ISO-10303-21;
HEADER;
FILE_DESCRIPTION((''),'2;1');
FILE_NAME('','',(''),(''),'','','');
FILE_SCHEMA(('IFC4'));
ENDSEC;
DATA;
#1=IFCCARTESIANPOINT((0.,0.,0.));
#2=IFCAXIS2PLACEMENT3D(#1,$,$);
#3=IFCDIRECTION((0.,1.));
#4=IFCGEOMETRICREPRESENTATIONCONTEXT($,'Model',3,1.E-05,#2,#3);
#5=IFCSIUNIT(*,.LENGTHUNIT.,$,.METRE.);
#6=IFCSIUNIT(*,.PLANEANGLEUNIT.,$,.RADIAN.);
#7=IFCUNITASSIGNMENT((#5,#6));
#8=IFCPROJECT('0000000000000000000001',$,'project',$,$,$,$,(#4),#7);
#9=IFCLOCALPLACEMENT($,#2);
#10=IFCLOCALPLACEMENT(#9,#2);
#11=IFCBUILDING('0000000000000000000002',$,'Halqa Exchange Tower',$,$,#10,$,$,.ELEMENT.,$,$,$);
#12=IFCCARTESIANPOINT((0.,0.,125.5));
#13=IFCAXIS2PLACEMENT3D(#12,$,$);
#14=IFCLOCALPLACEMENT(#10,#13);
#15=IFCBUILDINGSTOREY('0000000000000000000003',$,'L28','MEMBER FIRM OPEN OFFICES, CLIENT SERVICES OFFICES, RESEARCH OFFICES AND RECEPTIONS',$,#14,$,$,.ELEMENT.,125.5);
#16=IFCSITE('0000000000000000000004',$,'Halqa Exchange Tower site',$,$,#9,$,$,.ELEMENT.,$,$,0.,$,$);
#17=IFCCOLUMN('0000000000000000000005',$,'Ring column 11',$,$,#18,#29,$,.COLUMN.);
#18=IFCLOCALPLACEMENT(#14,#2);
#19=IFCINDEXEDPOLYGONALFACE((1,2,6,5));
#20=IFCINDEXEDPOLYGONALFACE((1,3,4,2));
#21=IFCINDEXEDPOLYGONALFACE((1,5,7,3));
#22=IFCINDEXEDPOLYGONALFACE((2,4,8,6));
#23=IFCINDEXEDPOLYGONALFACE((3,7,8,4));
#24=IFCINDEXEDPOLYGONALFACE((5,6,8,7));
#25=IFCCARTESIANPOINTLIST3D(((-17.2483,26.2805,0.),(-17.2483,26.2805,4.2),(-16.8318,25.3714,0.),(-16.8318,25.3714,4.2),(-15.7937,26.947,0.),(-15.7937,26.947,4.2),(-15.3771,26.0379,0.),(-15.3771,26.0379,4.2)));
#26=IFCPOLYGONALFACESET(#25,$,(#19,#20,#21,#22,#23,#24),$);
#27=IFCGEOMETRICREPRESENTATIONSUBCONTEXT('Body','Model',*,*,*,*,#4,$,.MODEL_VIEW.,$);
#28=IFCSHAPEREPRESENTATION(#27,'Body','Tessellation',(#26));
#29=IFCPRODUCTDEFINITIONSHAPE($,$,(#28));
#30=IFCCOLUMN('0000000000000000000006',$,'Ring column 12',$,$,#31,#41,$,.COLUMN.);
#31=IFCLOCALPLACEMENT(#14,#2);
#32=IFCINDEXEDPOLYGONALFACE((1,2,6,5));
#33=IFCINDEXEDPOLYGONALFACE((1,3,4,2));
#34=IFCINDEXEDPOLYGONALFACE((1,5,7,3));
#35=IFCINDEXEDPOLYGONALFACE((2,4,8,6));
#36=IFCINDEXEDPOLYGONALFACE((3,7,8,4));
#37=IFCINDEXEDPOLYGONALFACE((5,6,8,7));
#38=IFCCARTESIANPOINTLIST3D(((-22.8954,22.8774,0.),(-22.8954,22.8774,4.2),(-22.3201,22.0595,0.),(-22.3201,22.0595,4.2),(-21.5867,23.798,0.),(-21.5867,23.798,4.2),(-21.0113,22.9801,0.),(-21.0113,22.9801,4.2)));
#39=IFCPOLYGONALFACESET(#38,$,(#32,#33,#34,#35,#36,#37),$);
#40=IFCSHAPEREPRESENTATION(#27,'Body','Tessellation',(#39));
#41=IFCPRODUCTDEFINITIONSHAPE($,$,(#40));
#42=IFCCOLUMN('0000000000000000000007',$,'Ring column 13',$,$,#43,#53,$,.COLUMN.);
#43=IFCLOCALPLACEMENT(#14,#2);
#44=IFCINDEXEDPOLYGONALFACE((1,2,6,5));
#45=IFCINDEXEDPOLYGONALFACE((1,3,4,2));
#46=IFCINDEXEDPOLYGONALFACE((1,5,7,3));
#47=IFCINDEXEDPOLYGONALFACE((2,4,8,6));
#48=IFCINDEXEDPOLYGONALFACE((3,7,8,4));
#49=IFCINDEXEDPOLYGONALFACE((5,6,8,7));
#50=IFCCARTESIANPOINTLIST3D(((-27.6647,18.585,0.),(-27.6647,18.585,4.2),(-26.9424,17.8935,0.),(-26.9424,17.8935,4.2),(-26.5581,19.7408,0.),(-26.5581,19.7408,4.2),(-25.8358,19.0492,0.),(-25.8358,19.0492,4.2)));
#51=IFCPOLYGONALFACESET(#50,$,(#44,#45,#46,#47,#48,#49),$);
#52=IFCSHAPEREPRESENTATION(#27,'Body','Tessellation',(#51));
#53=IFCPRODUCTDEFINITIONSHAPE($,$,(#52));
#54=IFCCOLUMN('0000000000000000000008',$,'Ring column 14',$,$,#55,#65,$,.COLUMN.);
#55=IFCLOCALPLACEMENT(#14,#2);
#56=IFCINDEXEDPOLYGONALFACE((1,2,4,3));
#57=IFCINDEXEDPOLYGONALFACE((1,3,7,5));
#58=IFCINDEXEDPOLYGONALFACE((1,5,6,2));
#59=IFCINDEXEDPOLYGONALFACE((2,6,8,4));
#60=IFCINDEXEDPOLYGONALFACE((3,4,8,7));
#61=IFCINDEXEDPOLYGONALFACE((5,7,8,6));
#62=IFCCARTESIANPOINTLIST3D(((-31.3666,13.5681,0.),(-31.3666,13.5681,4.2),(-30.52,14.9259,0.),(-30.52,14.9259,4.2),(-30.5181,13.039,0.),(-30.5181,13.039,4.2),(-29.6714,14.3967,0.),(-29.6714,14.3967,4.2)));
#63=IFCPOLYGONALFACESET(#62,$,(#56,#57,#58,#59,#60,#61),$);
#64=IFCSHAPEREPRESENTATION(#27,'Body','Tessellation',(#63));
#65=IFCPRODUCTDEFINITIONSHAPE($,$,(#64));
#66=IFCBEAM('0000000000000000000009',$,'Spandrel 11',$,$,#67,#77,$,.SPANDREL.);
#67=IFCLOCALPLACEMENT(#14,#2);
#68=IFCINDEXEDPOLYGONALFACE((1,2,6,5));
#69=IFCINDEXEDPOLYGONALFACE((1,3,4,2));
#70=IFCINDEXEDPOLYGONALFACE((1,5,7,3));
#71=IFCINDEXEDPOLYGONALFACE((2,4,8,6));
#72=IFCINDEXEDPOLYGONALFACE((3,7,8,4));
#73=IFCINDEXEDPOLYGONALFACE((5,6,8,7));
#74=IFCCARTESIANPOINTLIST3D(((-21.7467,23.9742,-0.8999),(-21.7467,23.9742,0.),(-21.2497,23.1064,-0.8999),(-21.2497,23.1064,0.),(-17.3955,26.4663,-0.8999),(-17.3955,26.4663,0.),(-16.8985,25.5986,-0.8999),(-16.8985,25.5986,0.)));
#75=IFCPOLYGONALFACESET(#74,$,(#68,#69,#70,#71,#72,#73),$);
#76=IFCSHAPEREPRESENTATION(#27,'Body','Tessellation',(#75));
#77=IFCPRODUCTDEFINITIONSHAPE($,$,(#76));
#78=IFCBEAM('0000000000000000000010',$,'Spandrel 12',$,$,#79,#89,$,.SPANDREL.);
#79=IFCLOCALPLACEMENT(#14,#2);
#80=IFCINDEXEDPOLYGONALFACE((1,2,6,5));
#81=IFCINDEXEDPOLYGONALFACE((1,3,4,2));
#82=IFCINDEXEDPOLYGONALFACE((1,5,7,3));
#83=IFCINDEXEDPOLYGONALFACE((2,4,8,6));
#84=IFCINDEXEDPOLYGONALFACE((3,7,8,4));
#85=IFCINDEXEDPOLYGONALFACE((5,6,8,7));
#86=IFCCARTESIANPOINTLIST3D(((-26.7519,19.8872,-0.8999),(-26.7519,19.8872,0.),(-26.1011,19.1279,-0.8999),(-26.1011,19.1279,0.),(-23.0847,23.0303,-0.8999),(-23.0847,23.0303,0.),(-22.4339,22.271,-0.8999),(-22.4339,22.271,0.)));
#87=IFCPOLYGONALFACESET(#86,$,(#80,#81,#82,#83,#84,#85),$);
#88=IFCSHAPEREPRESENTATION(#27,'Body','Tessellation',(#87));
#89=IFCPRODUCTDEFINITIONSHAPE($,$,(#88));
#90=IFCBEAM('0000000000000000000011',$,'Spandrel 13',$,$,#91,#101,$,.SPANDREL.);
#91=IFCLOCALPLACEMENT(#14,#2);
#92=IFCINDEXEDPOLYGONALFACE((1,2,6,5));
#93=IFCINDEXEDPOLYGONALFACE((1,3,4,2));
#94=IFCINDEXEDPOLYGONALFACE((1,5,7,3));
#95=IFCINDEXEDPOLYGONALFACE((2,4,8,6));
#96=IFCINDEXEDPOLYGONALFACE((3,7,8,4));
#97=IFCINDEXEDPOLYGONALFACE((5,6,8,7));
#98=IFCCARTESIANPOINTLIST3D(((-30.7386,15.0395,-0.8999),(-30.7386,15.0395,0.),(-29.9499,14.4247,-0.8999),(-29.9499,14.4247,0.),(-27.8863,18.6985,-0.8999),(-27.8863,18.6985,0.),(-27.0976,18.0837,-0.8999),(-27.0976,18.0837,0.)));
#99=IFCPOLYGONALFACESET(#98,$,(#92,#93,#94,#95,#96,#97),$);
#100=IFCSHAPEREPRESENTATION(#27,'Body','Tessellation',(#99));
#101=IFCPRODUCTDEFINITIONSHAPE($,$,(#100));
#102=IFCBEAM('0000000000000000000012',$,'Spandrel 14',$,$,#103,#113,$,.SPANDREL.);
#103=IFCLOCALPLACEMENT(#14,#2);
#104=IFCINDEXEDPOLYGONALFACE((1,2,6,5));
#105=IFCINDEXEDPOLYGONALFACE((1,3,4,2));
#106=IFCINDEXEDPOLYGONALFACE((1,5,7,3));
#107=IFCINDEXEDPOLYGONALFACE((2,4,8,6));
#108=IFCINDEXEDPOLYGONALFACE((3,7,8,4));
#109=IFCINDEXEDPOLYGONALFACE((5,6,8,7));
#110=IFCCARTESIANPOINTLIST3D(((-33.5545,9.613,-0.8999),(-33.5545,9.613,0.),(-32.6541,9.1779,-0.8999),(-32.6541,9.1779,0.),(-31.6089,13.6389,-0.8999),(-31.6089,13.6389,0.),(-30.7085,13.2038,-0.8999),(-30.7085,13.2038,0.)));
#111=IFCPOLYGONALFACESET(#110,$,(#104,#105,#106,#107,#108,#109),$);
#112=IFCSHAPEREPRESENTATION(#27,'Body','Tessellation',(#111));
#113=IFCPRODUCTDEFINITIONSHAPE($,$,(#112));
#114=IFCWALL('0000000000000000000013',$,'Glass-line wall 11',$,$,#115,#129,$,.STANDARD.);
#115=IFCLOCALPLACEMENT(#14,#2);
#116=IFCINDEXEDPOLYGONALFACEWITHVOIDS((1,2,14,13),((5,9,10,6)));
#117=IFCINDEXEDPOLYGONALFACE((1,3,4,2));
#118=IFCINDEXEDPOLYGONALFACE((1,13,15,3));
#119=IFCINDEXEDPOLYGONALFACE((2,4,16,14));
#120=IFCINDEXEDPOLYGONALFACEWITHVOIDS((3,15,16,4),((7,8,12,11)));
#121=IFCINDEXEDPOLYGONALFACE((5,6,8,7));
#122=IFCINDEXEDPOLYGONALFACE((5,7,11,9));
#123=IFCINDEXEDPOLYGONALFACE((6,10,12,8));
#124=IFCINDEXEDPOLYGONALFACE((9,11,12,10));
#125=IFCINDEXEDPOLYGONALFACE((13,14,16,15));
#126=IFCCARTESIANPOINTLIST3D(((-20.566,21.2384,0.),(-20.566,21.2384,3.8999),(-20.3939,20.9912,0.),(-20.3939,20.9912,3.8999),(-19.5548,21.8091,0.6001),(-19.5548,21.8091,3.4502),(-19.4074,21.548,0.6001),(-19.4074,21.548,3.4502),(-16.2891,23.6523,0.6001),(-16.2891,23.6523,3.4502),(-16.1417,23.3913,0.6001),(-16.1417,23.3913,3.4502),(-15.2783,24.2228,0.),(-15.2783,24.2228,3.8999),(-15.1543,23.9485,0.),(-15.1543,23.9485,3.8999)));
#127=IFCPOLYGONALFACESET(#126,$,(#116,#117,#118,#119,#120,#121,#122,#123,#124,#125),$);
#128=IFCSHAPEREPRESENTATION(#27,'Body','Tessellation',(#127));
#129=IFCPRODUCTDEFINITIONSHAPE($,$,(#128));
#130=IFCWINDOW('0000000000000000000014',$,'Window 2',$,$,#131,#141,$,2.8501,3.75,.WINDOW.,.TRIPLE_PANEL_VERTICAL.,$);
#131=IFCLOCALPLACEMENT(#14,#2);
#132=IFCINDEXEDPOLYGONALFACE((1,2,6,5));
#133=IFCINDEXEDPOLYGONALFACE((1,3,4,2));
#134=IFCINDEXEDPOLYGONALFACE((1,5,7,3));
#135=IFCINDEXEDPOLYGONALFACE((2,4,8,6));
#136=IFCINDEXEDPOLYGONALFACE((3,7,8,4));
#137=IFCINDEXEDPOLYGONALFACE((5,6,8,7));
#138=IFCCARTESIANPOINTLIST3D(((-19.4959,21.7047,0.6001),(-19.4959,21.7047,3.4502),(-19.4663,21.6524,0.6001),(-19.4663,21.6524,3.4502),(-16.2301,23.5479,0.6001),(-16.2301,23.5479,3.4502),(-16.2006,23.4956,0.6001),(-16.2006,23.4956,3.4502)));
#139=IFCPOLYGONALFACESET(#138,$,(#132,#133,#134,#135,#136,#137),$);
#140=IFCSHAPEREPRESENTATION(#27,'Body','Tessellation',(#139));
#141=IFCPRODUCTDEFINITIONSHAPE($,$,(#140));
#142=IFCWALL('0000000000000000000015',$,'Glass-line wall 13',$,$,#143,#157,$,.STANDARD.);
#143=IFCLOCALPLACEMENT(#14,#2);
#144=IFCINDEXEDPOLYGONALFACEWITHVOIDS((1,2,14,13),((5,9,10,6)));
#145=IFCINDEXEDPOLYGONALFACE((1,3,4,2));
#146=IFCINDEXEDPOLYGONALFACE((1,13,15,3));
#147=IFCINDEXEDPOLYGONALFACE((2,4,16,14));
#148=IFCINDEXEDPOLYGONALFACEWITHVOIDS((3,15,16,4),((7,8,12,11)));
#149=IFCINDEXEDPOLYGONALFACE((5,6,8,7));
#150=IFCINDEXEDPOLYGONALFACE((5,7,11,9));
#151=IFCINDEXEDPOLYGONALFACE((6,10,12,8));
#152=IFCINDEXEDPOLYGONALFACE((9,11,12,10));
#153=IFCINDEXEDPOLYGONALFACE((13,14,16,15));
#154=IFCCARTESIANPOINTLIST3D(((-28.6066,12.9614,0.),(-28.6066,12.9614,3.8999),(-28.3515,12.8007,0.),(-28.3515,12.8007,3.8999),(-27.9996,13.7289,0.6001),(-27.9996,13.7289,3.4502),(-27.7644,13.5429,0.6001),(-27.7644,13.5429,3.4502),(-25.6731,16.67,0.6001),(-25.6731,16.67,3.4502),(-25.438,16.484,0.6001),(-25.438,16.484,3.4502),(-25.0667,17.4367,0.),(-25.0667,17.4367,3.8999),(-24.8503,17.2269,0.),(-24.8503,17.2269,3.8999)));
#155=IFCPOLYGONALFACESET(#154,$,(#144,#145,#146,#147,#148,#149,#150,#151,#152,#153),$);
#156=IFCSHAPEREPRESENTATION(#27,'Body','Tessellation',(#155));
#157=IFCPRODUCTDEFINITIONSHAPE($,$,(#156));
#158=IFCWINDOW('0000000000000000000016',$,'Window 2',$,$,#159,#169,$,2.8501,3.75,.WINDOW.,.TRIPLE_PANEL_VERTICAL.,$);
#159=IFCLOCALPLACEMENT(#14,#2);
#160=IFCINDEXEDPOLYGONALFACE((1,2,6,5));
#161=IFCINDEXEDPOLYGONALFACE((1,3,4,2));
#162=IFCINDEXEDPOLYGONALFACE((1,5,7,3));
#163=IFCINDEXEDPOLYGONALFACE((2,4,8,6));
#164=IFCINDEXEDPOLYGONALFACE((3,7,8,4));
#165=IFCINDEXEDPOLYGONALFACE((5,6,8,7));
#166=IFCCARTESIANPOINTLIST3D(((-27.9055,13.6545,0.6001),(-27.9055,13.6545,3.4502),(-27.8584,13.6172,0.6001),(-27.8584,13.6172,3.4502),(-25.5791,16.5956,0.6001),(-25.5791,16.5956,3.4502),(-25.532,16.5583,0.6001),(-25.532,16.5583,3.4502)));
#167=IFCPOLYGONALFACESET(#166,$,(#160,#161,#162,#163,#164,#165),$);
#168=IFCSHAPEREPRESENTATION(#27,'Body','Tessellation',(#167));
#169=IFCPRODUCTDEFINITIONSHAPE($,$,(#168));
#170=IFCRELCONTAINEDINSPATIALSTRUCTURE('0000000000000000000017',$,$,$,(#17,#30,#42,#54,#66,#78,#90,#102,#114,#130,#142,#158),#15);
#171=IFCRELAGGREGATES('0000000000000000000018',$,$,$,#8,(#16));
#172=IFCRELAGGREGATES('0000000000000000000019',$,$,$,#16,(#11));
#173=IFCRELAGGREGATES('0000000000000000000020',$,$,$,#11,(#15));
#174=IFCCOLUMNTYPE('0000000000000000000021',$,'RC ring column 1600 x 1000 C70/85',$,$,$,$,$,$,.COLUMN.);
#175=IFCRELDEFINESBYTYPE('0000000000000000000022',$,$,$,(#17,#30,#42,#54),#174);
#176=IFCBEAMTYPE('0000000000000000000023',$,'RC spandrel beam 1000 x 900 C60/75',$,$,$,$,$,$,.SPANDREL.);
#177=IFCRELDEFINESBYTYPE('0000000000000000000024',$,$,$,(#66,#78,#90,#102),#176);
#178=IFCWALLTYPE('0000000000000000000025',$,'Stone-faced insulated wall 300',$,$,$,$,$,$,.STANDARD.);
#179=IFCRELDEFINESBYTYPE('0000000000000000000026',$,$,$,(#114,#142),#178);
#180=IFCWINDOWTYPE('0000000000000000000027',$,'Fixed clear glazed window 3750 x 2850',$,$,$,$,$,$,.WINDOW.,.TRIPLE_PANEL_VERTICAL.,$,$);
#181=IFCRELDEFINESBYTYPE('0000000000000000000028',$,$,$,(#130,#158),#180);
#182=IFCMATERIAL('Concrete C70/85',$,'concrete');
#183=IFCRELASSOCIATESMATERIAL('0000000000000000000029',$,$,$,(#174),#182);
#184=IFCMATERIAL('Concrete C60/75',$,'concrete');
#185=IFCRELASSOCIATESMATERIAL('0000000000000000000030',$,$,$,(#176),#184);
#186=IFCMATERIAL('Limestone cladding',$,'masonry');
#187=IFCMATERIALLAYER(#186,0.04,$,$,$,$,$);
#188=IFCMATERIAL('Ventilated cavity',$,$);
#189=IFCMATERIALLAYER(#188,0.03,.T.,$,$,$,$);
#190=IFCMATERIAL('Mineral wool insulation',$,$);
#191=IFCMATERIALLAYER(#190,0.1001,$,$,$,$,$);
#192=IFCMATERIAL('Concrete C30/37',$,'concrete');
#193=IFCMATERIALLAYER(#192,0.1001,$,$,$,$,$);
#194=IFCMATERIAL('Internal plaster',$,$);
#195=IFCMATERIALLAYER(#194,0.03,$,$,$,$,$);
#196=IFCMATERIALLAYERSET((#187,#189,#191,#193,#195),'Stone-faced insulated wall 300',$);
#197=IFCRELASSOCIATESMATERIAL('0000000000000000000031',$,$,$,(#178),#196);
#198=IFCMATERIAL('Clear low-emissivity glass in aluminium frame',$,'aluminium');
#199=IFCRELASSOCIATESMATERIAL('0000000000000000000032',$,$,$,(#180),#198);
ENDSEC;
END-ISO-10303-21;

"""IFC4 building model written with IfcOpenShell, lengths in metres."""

from ifc_helpers import new_model, si_unit, direction, frame, frame_2d, origin, origin_2d, place, context, subcontext, project, spatial, polyline, rectangle, outline, extrude, material, layer, layer_set, material_profile, profile_set, type_object, element, fill, save


model = new_model("IFC4")

# Units and contexts
model_context = context("Model", 3, precision=1e-05, world=origin(), true_north=direction((0.0, 1.0)))
body_context = subcontext(model_context, "Body", "Model", "MODEL_VIEW")
ifc_project = project(units=[si_unit("LENGTHUNIT", "METRE"), si_unit("PLANEANGLEUNIT", "RADIAN")], contexts=[model_context])

# Site, building, storey
site_placement = place(None, origin())
site = spatial("IfcSite", under=ifc_project, at=site_placement, Name="Halqa Exchange Tower site", CompositionType="ELEMENT", RefElevation=0.0)
building_placement = place(site_placement, origin())
building = spatial("IfcBuilding", under=site, at=building_placement, Name="Halqa Exchange Tower", CompositionType="ELEMENT")
storey_placement = place(building_placement, frame((0.0, 0.0, 125.5)))
storey = spatial("IfcBuildingStorey", under=building, at=storey_placement, Name="L28", Description="MEMBER FIRM OPEN OFFICES, CLIENT SERVICES OFFICES, RESEARCH OFFICES AND RECEPTIONS", CompositionType="ELEMENT", Elevation=125.5)

# Columns
ifc_material_1 = material(Name="Concrete C70/85", Category="concrete")
ifc_material_profile_1 = material_profile(ifc_material_1, rectangle(XDim=1.6001, YDim=1.0, at=origin_2d()), Name="1600 x 1000")
ifc_profile_set_1 = profile_set([ifc_material_profile_1], Name="Concrete C70/85")
column_type = type_object("IfcColumnType", Name="RC ring column 1600 x 1000 C70/85", PredefinedType="COLUMN", material=ifc_profile_set_1)
for number, where, z_axis, x_axis, name in (
    (1, (-16.3127, 26.1592, 0.0), (0.0, 0.0, 1.0), (-0.909126, -0.41652, 0.0), "Ring column 11"),
    (2, (-21.9534, 22.9287, 0.0), (0.0, 0.0, 1.0), (-0.81791, -0.575346, 0.0), "Ring column 12"),
    (3, (-26.7502, 18.8171, 0.0), (0.0, 0.0, 1.0), (-0.691571, -0.722308, 0.0), "Ring column 13"),
    (4, (-30.519, 13.9824, 0.0), (0.0, 0.0, 1.0), (-0.529138, -0.848536, 0.0), "Ring column 14"),
):
    element("IfcColumn", number, at=place(storey_placement, frame(where, z_axis=z_axis, x_axis=x_axis)), inside=storey, type_object=column_type, Name=name, PredefinedType="COLUMN", context=body_context, shape_type="SweptSolid", body=[
        extrude(rectangle(XDim=1.6001, YDim=1.0, at=origin_2d()), origin(), (0.0, 0.0, 1.0), 4.2),
    ])

# Beams
ifc_material_2 = material(Name="Concrete C60/75", Category="concrete")
ifc_material_profile_2 = material_profile(ifc_material_2, rectangle(XDim=1.0, YDim=0.8999, at=origin_2d()), Name="1000 x 900")
ifc_profile_set_2 = profile_set([ifc_material_profile_2], Name="Concrete C60/75")
beam_type = type_object("IfcBeamType", Name="RC spandrel beam 1000 x 900 C60/75", PredefinedType="SPANDREL", material=ifc_profile_set_2)
beam_1_placement = place(storey_placement, frame((-17.147, 26.0325, -0.45), z_axis=(-0.867751, -0.496999, 0.0), x_axis=(0.496999, -0.867751, 0.0)))
element("IfcBeam", 5, at=beam_1_placement, inside=storey, type_object=beam_type, Name="Spandrel 11", PredefinedType="SPANDREL", context=body_context, shape_type="SweptSolid", body=[
    extrude(rectangle(XDim=1.0, YDim=0.8999, at=origin_2d()), origin(), (0.0, 0.0, 1.0), 5.0144),
])
beam_2_placement = place(storey_placement, frame((-22.7593, 22.6506, -0.45), z_axis=(-0.759285, -0.650758, 0.0), x_axis=(0.650758, -0.759285, 0.0)))
element("IfcBeam", 6, at=beam_2_placement, inside=storey, type_object=beam_type, Name="Spandrel 12", PredefinedType="SPANDREL", context=body_context, shape_type="SweptSolid", body=[
    extrude(rectangle(XDim=1.0, YDim=0.8999, at=origin_2d()), origin(), (0.0, 0.0, 1.0), 4.8298),
])
beam_3_placement = place(storey_placement, frame((-27.4919, 18.3911, -0.45), z_axis=(-0.614807, -0.788677, 0.0), x_axis=(0.788677, -0.614807, 0.0)))
element("IfcBeam", 7, at=beam_3_placement, inside=storey, type_object=beam_type, Name="Spandrel 13", PredefinedType="SPANDREL", context=body_context, shape_type="SweptSolid", body=[
    extrude(rectangle(XDim=1.0, YDim=0.8999, at=origin_2d()), origin(), (0.0, 0.0, 1.0), 4.6394),
])
beam_4_placement = place(storey_placement, frame((-31.1587, 13.4214, -0.45), z_axis=(-0.435117, -0.900374, 0.0), x_axis=(0.900374, -0.435117, 0.0)))
element("IfcBeam", 8, at=beam_4_placement, inside=storey, type_object=beam_type, Name="Spandrel 14", PredefinedType="SPANDREL", context=body_context, shape_type="SweptSolid", body=[
    extrude(rectangle(XDim=1.0, YDim=0.8999, at=origin_2d()), origin(), (0.0, 0.0, 1.0), 4.4714),
])

# Wall, opening, window
ifc_material_3 = material(Name="Limestone cladding", Category="masonry")
ifc_layer_1 = layer(ifc_material_3, 0.04)
ifc_material_4 = material(Name="Ventilated cavity")
ifc_layer_2 = layer(ifc_material_4, 0.03, ventilated=True)
ifc_material_5 = material(Name="Mineral wool insulation")
ifc_layer_3 = layer(ifc_material_5, 0.1001)
ifc_material_6 = material(Name="Concrete C30/37", Category="concrete")
ifc_layer_4 = layer(ifc_material_6, 0.1001)
ifc_material_7 = material(Name="Internal plaster")
ifc_layer_5 = layer(ifc_material_7, 0.03)
ifc_layer_set_1 = layer_set([ifc_layer_1, ifc_layer_2, ifc_layer_3, ifc_layer_4, ifc_layer_5], Name="Stone-faced insulated wall 300")
wall_type_1 = type_object("IfcWallType", Name="Stone-faced insulated wall 300", PredefinedType="STANDARD", material=ifc_layer_set_1)
wall_1_placement = place(storey_placement, frame((-15.2163, 24.0857, 0.0), z_axis=(0.0, 0.0, 1.0), x_axis=(-0.870858, -0.491534, 0.0)))
wall_1 = element("IfcWall", 9, at=wall_1_placement, inside=storey, type_object=wall_type_1, Name="Glass-line wall 11", PredefinedType="STANDARD", context=body_context, shape_type="SweptSolid", body=[
    extrude(outline(polyline([(-0.0134, -0.1499), (6.0583, -0.1499), (6.03, 0.1499), (0.0134, 0.1499), (-0.0134, -0.1499)])), origin(), (0.0, 0.0, 1.0), 3.8999),
])
opening_1_placement = place(wall_1_placement, frame((1.1472, 0.0, 0.6001)))
opening_1 = element("IfcOpeningElement", 10, at=opening_1_placement, cuts=wall_1, PredefinedType="OPENING", context=body_context, shape_type="SweptSolid", body=[
    extrude(rectangle(XDim=3.75, YDim=2.8501, at=frame_2d((1.875, 1.425))), frame((0.0, 0.1621, 0.0), z_axis=(0.0, -1.0, 0.0), x_axis=(1.0, 0.0, 0.0)), (0.0, 0.0, 1.0), 0.324),
])
ifc_material_8 = material(Name="Clear low-emissivity glass in aluminium frame", Category="aluminium")
window_type = type_object("IfcWindowType", Name="Fixed clear glazed window 3750 x 2850", PartitioningType="TRIPLE_PANEL_VERTICAL", PredefinedType="WINDOW", material=ifc_material_8)
window_1_placement = place(opening_1_placement, origin())
window_1 = element("IfcWindow", 11, at=window_1_placement, inside=storey, type_object=window_type, Name="Window 2", OverallHeight=2.8501, OverallWidth=3.75, PartitioningType="TRIPLE_PANEL_VERTICAL", PredefinedType="WINDOW", context=body_context, shape_type="SweptSolid", body=[
    extrude(rectangle(XDim=3.75, YDim=2.8501, at=frame_2d((1.875, 1.425))), frame((0.0, 0.03, 0.0), z_axis=(0.0, -1.0, 0.0), x_axis=(1.0, 0.0, 0.0)), (0.0, 0.0, 1.0), 0.0601),
])
fill(opening_1, window_1)

# Wall, opening, window
wall_2_placement = place(storey_placement, frame((-24.9585, 17.3318, 0.0), z_axis=(0.0, 0.0, 1.0), x_axis=(-0.620383, -0.784299, 0.0)))
wall_2 = element("IfcWall", 12, at=wall_2_placement, inside=storey, type_object=wall_type_1, Name="Glass-line wall 13", PredefinedType="STANDARD", context=body_context, shape_type="SweptSolid", body=[
    extrude(outline(polyline([(-0.0151, -0.1499), (5.6909, -0.1499), (5.6587, 0.1499), (0.0151, 0.1499), (-0.0151, -0.1499)])), origin(), (0.0, 0.0, 1.0), 3.8999),
])
opening_2_placement = place(wall_2_placement, frame((0.9624, 0.0, 0.6001)))
opening_2 = element("IfcOpeningElement", 13, at=opening_2_placement, cuts=wall_2, PredefinedType="OPENING", context=body_context, shape_type="SweptSolid", body=[
    extrude(rectangle(XDim=3.75, YDim=2.8501, at=frame_2d((1.875, 1.425))), frame((0.0, 0.1621, 0.0), z_axis=(0.0, -1.0, 0.0), x_axis=(1.0, 0.0, 0.0)), (0.0, 0.0, 1.0), 0.324),
])
window_2_placement = place(opening_2_placement, origin())
window_2 = element("IfcWindow", 14, at=window_2_placement, inside=storey, type_object=window_type, Name="Window 2", OverallHeight=2.8501, OverallWidth=3.75, PartitioningType="TRIPLE_PANEL_VERTICAL", PredefinedType="WINDOW", context=body_context, shape_type="SweptSolid", body=[
    extrude(rectangle(XDim=3.75, YDim=2.8501, at=frame_2d((1.875, 1.425))), frame((0.0, 0.03, 0.0), z_axis=(0.0, -1.0, 0.0), x_axis=(1.0, 0.0, 0.0)), (0.0, 0.0, 1.0), 0.0601),
])
fill(opening_2, window_2)

save(model, "model.ifc")
